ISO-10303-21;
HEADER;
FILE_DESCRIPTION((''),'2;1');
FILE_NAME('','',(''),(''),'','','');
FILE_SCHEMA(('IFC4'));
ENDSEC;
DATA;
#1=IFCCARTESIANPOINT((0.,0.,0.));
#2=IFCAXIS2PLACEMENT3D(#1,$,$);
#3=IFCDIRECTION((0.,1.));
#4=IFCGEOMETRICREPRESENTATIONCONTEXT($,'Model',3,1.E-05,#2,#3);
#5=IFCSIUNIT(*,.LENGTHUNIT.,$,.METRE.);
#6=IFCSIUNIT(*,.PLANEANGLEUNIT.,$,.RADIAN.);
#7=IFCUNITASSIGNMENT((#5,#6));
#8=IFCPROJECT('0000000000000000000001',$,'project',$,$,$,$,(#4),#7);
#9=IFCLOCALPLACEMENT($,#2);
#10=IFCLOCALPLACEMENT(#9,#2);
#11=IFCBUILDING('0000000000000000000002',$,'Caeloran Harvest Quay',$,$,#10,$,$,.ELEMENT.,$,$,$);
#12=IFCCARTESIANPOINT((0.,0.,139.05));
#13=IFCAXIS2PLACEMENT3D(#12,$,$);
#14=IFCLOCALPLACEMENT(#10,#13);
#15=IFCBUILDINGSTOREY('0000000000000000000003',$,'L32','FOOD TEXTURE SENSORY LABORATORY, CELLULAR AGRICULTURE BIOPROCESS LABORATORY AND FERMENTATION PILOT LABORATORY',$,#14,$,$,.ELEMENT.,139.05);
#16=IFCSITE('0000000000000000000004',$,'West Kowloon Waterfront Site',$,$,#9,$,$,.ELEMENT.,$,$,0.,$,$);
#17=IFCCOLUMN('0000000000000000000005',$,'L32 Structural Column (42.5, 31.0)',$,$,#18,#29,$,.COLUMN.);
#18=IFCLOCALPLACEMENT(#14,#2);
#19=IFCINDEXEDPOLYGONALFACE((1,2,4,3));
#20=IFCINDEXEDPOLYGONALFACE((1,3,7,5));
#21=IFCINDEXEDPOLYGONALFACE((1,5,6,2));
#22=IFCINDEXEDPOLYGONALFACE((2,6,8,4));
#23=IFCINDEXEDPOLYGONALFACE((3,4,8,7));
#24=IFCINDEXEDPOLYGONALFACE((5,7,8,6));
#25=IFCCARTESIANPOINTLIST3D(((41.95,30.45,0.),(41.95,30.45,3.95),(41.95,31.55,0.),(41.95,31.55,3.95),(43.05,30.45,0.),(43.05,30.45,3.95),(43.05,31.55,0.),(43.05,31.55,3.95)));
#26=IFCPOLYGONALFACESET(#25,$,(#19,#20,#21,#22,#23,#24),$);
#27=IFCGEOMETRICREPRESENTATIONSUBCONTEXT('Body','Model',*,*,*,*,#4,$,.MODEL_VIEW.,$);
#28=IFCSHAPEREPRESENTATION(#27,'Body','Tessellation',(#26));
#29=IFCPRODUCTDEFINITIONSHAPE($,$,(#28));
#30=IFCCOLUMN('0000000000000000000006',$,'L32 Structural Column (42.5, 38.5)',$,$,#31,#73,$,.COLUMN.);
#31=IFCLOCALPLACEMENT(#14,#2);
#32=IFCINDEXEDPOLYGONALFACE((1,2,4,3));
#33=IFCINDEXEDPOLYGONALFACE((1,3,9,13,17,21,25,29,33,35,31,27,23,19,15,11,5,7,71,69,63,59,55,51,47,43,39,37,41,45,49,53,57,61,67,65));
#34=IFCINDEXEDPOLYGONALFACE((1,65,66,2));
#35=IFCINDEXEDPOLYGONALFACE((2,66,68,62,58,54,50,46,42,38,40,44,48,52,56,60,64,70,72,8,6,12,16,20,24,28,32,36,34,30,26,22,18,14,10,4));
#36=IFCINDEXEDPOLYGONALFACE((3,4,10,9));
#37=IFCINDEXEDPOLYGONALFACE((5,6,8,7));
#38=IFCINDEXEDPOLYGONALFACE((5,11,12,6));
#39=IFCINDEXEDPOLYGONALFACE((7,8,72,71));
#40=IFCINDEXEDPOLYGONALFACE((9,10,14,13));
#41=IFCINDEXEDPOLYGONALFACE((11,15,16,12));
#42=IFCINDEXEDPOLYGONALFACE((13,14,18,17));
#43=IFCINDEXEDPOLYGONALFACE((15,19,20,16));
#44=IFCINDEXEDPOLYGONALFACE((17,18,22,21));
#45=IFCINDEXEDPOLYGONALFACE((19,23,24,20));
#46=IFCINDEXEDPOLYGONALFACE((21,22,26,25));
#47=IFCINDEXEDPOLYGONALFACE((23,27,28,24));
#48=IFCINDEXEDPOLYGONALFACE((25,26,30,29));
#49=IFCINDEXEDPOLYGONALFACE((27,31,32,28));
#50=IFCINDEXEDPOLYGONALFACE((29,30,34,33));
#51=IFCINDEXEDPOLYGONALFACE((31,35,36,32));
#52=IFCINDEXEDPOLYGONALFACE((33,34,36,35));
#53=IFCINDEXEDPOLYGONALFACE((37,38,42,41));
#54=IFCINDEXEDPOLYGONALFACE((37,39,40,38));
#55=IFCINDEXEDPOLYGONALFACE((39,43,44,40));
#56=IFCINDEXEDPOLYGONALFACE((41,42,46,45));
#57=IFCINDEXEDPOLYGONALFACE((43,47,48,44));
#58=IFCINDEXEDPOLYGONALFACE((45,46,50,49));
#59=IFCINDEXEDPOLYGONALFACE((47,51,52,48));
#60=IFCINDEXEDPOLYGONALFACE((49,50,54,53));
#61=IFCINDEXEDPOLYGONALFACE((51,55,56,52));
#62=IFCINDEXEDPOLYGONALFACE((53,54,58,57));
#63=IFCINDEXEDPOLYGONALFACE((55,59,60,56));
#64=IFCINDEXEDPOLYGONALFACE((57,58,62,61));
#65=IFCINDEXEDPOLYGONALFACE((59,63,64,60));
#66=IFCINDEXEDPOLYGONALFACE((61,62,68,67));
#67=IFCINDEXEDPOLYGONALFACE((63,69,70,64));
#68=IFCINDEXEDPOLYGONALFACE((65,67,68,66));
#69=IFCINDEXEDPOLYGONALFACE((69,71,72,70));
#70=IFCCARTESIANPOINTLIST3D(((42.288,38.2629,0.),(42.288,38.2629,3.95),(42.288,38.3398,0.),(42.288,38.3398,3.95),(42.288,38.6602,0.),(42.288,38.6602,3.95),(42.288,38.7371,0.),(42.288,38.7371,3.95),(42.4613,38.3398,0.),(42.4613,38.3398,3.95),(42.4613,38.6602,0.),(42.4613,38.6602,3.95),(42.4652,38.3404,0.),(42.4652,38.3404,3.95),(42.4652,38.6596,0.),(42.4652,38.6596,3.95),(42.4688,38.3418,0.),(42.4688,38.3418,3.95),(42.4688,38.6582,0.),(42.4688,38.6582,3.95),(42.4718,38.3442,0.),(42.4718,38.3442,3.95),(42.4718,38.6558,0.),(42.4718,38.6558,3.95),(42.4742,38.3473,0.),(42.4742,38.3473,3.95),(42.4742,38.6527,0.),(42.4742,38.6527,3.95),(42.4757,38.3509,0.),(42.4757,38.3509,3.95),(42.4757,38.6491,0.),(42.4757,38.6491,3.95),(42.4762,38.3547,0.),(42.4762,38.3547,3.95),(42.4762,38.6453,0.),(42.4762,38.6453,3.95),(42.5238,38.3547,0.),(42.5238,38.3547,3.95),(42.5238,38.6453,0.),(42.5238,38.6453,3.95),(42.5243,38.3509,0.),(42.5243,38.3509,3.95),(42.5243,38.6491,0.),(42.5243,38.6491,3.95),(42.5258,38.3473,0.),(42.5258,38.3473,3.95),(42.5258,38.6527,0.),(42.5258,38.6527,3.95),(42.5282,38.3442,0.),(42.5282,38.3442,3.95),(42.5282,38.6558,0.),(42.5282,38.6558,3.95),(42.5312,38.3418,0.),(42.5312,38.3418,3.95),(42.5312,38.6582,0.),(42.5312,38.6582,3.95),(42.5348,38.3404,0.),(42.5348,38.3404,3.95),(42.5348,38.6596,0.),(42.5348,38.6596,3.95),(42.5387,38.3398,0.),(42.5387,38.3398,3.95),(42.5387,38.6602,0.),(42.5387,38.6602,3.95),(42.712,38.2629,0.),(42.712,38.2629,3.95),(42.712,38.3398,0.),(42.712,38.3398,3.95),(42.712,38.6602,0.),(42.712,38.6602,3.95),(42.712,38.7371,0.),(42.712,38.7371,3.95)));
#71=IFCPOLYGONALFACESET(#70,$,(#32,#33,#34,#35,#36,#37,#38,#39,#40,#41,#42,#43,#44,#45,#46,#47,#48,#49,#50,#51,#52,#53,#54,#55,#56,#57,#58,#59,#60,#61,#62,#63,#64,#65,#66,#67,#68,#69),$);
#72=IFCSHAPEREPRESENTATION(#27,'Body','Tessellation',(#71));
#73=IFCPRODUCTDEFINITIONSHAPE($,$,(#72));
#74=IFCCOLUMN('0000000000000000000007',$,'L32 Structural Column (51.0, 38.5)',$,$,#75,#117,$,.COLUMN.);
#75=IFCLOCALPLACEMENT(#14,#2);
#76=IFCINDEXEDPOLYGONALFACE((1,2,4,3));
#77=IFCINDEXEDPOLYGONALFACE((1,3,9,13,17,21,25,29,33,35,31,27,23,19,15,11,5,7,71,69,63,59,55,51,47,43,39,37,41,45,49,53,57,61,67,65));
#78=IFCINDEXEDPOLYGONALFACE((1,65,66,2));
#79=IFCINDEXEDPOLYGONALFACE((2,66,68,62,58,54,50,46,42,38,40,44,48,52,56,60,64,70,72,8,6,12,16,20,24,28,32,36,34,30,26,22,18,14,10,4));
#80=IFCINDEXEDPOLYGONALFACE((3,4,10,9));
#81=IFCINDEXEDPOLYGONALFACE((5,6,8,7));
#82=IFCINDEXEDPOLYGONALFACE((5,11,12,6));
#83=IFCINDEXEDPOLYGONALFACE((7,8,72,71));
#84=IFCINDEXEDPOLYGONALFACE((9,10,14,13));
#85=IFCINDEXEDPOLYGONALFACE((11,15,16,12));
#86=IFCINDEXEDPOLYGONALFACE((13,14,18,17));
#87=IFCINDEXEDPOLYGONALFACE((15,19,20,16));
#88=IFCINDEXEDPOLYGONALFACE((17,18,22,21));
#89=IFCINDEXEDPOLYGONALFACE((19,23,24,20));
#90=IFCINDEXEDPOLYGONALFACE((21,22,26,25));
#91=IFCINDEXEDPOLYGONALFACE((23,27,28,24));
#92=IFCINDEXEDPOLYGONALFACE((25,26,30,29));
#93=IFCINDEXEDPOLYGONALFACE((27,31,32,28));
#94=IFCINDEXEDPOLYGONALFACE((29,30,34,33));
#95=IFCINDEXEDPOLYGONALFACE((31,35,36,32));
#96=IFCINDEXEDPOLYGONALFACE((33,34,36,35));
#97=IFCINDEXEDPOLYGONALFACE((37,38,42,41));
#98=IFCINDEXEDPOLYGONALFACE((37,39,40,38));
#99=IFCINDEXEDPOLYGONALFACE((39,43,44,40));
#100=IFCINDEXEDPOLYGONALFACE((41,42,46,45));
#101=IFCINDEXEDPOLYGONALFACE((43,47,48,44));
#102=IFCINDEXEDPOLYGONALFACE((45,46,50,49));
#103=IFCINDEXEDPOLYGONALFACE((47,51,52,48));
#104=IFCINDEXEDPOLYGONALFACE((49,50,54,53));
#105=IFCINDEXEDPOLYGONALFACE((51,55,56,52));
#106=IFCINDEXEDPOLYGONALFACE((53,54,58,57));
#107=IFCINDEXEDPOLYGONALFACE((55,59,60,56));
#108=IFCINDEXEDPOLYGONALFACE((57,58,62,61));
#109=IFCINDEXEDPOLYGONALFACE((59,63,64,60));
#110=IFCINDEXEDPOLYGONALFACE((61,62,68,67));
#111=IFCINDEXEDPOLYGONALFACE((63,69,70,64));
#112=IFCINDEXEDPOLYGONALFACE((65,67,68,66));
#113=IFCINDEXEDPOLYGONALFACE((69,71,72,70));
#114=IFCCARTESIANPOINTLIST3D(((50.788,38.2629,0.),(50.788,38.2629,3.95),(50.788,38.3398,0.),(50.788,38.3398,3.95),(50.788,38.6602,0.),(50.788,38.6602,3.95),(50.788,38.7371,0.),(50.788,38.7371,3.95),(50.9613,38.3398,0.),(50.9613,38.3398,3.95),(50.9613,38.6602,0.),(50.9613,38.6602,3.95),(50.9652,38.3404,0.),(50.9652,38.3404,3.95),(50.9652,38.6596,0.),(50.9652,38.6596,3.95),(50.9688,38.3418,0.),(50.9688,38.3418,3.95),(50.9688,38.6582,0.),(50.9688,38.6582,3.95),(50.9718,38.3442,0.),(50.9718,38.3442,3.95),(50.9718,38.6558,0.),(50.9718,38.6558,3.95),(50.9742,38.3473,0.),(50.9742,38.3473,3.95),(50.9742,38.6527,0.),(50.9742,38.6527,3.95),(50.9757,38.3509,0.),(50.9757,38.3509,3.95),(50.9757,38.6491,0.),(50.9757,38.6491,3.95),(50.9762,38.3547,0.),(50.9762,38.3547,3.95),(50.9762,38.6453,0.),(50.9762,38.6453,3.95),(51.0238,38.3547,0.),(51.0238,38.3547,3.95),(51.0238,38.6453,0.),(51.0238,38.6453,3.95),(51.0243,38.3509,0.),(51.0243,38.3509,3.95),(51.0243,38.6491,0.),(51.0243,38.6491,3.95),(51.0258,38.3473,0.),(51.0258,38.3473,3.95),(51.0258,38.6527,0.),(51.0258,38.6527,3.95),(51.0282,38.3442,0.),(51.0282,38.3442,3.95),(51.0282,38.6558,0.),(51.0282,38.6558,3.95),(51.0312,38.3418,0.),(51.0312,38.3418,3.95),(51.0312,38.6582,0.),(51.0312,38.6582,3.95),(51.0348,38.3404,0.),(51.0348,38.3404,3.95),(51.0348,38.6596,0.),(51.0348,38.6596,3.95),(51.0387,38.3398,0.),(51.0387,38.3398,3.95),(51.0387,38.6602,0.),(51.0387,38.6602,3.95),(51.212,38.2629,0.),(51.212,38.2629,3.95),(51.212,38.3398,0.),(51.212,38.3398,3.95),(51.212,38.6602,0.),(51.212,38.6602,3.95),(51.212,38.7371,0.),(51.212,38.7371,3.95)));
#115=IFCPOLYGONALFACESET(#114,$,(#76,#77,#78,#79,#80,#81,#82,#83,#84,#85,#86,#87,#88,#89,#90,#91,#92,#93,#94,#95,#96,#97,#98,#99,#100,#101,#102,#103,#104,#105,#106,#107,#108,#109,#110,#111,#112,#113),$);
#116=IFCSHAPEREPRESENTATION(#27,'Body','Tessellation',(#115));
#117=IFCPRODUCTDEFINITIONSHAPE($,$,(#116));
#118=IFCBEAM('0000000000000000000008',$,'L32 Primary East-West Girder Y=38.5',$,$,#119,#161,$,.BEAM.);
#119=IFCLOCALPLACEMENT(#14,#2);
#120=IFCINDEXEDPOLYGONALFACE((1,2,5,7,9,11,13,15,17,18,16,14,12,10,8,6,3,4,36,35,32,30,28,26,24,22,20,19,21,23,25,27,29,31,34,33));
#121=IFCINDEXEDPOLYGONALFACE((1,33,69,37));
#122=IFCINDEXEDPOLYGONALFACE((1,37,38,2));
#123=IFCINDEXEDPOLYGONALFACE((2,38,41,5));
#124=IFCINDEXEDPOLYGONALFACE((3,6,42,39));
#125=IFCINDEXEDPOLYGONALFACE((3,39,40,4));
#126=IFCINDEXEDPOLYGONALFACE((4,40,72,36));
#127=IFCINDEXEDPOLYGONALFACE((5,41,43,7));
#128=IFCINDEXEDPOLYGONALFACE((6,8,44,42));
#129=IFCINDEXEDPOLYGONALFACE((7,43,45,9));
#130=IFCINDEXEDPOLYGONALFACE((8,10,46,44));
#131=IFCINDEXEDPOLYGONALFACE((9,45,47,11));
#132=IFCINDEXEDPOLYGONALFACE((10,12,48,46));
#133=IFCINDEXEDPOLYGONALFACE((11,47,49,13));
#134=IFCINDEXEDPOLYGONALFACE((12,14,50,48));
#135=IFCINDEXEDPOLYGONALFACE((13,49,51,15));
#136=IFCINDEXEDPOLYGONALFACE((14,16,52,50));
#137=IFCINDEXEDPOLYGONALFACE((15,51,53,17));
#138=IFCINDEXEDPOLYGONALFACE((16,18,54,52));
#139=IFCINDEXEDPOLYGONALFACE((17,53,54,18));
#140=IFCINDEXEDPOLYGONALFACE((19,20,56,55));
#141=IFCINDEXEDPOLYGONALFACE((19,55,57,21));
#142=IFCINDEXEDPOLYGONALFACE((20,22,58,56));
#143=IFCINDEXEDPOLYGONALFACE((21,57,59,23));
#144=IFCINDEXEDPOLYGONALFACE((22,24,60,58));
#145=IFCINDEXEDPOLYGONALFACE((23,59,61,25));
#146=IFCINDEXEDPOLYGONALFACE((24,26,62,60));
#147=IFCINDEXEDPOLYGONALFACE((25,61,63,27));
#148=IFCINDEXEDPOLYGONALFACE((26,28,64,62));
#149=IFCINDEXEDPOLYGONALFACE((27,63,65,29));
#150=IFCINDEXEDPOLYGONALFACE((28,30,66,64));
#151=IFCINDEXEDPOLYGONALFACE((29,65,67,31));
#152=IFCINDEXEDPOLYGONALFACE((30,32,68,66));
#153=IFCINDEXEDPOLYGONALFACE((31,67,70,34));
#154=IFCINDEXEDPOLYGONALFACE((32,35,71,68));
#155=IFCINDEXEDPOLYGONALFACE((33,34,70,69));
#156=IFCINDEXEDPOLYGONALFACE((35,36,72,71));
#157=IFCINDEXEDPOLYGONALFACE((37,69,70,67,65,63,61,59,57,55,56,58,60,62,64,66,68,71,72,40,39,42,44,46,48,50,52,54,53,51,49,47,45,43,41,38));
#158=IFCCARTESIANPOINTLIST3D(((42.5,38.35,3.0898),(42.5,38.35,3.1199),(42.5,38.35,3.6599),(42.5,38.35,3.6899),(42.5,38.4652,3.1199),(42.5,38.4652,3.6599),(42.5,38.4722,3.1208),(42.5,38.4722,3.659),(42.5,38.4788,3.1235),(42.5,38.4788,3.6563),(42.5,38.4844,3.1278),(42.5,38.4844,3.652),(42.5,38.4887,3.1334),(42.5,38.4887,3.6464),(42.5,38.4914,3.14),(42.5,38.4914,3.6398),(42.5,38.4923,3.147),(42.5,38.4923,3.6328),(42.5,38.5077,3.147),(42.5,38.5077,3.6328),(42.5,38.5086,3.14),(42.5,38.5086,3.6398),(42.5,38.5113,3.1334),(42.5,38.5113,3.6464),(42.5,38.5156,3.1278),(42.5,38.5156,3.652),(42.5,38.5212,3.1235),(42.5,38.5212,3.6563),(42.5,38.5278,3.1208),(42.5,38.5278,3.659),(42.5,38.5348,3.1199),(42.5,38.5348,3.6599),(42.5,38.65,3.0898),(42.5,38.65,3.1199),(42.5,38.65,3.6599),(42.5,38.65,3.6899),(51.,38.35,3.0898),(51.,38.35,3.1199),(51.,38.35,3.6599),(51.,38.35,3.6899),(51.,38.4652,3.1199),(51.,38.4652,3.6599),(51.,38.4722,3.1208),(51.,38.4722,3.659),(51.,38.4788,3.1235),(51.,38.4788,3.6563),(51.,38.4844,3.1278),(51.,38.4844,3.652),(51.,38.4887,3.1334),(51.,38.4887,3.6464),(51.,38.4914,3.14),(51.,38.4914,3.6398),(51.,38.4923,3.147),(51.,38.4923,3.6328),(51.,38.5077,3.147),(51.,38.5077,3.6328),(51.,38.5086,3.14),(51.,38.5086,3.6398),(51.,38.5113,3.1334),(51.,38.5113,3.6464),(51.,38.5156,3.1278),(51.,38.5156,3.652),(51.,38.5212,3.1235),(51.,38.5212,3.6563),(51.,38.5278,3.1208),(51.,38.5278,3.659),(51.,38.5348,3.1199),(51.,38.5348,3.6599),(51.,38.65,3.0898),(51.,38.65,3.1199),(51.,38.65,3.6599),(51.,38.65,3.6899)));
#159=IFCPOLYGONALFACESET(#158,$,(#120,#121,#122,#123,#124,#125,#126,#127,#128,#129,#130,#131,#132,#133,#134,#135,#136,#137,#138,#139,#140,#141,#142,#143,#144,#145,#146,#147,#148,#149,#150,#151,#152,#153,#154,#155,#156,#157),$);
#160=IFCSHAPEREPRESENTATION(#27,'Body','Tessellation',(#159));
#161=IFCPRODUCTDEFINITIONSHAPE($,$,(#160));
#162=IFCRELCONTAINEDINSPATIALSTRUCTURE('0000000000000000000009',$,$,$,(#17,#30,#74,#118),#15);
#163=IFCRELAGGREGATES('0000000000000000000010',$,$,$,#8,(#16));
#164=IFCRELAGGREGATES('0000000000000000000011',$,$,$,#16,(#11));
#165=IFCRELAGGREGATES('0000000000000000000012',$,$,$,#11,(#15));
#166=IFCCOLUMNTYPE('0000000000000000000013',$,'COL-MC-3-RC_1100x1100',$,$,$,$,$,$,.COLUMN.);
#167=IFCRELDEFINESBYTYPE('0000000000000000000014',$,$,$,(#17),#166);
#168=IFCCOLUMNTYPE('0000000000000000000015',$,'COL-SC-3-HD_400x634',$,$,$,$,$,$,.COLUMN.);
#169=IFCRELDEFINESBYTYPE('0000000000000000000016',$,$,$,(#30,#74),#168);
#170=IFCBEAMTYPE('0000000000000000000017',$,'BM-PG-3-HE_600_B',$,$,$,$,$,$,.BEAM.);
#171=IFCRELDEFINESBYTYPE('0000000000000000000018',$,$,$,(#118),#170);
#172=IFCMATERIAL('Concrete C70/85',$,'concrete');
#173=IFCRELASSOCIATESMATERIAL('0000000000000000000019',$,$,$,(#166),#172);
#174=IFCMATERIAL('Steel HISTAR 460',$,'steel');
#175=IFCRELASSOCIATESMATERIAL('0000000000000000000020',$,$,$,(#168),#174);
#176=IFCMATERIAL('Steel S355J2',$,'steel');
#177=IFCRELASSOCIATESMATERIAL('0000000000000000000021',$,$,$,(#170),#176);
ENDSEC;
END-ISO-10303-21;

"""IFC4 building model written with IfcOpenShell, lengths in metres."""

from ifc_helpers import new_model, si_unit, direction, frame, origin, origin_2d, place, context, subcontext, project, spatial, rectangle, i_section, extrude, material, material_profile, profile_set, type_object, element, save


model = new_model("IFC4")

# Units and contexts
model_context = context("Model", 3, precision=1e-05, world=origin(), true_north=direction((0.0, 1.0)))
body_context = subcontext(model_context, "Body", "Model", "MODEL_VIEW")
ifc_project = project(units=[si_unit("LENGTHUNIT", "METRE"), si_unit("PLANEANGLEUNIT", "RADIAN")], contexts=[model_context])

# Site, building, storey
site_placement = place(None, origin())
site = spatial("IfcSite", under=ifc_project, at=site_placement, Name="West Kowloon Waterfront Site", CompositionType="ELEMENT", RefElevation=0.0)
building_placement = place(site_placement, origin())
building = spatial("IfcBuilding", under=site, at=building_placement, Name="Caeloran Harvest Quay", CompositionType="ELEMENT")
storey_placement = place(building_placement, frame((0.0, 0.0, 139.05)))
storey = spatial("IfcBuildingStorey", under=building, at=storey_placement, Name="L32", Description="FOOD TEXTURE SENSORY LABORATORY, CELLULAR AGRICULTURE BIOPROCESS LABORATORY AND FERMENTATION PILOT LABORATORY", CompositionType="ELEMENT", Elevation=139.05)

# Columns
ifc_material_1 = material(Name="Concrete C70/85", Category="concrete")
ifc_material_profile_1 = material_profile(ifc_material_1, rectangle(XDim=1.1001, YDim=1.1001, at=origin_2d()), Name="RC 1100x1100")
ifc_profile_set_1 = profile_set([ifc_material_profile_1], Name="Concrete C70/85")
column_type_1 = type_object("IfcColumnType", Name="COL-MC-3-RC_1100x1100", PredefinedType="COLUMN", material=ifc_profile_set_1)
column_placement = place(storey_placement, frame((42.5, 31.0, 0.0), z_axis=(0.0, 0.0, 1.0), x_axis=(1.0, 0.0, 0.0)))
element("IfcColumn", 1, at=column_placement, inside=storey, type_object=column_type_1, Name="L32 Structural Column (42.5, 31.0)", PredefinedType="COLUMN", context=body_context, shape_type="SweptSolid", body=[
    extrude(rectangle(XDim=1.1001, YDim=1.1001, at=origin_2d()), origin(), (0.0, 0.0, 1.0), 3.95),
])
ifc_material_2 = material(Name="Steel HISTAR 460", Category="steel")
ifc_material_profile_2 = material_profile(ifc_material_2, i_section(OverallWidth=0.4241, OverallDepth=0.4741, WebThickness=0.0476, FlangeThickness=0.0769, FilletRadius=0.0149, at=origin_2d()), Name="HD 400x634")
ifc_profile_set_2 = profile_set([ifc_material_profile_2], Name="Steel HISTAR 460")
column_type_2 = type_object("IfcColumnType", Name="COL-SC-3-HD_400x634", PredefinedType="COLUMN", material=ifc_profile_set_2)
for number, where, z_axis, x_axis, name in (
    (2, (42.5, 38.5, 0.0), (0.0, 0.0, 1.0), (1.0, 0.0, 0.0), "L32 Structural Column (42.5, 38.5)"),
    (3, (51.0, 38.5, 0.0), (0.0, 0.0, 1.0), (1.0, 0.0, 0.0), "L32 Structural Column (51.0, 38.5)"),
):
    element("IfcColumn", number, at=place(storey_placement, frame(where, z_axis=z_axis, x_axis=x_axis)), inside=storey, type_object=column_type_2, Name=name, PredefinedType="COLUMN", context=body_context, shape_type="SweptSolid", body=[
        extrude(i_section(OverallWidth=0.4241, OverallDepth=0.4741, WebThickness=0.0476, FlangeThickness=0.0769, FilletRadius=0.0149, at=origin_2d()), origin(), (0.0, 0.0, 1.0), 3.95),
    ])

# Beam
ifc_material_3 = material(Name="Steel S355J2", Category="steel")
ifc_material_profile_3 = material_profile(ifc_material_3, i_section(OverallWidth=0.3, OverallDepth=0.6001, WebThickness=0.0154, FlangeThickness=0.03, FilletRadius=0.0271, at=origin_2d()), Name="HE 600 B")
ifc_profile_set_3 = profile_set([ifc_material_profile_3], Name="Steel S355J2")
beam_type = type_object("IfcBeamType", Name="BM-PG-3-HE_600_B", PredefinedType="BEAM", material=ifc_profile_set_3)
beam_1_placement = place(storey_placement, frame((42.5, 38.5, 3.3899), z_axis=(1.0, 0.0, 0.0), x_axis=(0.0, 1.0, 0.0)))
element("IfcBeam", 4, at=beam_1_placement, inside=storey, type_object=beam_type, Name="L32 Primary East-West Girder Y=38.5", PredefinedType="BEAM", context=body_context, shape_type="SweptSolid", body=[
    extrude(i_section(OverallWidth=0.3, OverallDepth=0.6001, WebThickness=0.0154, FlangeThickness=0.03, FilletRadius=0.0271, at=origin_2d()), origin(), (0.0, 0.0, 1.0), 8.5),
])

save(model, "model.ifc")
